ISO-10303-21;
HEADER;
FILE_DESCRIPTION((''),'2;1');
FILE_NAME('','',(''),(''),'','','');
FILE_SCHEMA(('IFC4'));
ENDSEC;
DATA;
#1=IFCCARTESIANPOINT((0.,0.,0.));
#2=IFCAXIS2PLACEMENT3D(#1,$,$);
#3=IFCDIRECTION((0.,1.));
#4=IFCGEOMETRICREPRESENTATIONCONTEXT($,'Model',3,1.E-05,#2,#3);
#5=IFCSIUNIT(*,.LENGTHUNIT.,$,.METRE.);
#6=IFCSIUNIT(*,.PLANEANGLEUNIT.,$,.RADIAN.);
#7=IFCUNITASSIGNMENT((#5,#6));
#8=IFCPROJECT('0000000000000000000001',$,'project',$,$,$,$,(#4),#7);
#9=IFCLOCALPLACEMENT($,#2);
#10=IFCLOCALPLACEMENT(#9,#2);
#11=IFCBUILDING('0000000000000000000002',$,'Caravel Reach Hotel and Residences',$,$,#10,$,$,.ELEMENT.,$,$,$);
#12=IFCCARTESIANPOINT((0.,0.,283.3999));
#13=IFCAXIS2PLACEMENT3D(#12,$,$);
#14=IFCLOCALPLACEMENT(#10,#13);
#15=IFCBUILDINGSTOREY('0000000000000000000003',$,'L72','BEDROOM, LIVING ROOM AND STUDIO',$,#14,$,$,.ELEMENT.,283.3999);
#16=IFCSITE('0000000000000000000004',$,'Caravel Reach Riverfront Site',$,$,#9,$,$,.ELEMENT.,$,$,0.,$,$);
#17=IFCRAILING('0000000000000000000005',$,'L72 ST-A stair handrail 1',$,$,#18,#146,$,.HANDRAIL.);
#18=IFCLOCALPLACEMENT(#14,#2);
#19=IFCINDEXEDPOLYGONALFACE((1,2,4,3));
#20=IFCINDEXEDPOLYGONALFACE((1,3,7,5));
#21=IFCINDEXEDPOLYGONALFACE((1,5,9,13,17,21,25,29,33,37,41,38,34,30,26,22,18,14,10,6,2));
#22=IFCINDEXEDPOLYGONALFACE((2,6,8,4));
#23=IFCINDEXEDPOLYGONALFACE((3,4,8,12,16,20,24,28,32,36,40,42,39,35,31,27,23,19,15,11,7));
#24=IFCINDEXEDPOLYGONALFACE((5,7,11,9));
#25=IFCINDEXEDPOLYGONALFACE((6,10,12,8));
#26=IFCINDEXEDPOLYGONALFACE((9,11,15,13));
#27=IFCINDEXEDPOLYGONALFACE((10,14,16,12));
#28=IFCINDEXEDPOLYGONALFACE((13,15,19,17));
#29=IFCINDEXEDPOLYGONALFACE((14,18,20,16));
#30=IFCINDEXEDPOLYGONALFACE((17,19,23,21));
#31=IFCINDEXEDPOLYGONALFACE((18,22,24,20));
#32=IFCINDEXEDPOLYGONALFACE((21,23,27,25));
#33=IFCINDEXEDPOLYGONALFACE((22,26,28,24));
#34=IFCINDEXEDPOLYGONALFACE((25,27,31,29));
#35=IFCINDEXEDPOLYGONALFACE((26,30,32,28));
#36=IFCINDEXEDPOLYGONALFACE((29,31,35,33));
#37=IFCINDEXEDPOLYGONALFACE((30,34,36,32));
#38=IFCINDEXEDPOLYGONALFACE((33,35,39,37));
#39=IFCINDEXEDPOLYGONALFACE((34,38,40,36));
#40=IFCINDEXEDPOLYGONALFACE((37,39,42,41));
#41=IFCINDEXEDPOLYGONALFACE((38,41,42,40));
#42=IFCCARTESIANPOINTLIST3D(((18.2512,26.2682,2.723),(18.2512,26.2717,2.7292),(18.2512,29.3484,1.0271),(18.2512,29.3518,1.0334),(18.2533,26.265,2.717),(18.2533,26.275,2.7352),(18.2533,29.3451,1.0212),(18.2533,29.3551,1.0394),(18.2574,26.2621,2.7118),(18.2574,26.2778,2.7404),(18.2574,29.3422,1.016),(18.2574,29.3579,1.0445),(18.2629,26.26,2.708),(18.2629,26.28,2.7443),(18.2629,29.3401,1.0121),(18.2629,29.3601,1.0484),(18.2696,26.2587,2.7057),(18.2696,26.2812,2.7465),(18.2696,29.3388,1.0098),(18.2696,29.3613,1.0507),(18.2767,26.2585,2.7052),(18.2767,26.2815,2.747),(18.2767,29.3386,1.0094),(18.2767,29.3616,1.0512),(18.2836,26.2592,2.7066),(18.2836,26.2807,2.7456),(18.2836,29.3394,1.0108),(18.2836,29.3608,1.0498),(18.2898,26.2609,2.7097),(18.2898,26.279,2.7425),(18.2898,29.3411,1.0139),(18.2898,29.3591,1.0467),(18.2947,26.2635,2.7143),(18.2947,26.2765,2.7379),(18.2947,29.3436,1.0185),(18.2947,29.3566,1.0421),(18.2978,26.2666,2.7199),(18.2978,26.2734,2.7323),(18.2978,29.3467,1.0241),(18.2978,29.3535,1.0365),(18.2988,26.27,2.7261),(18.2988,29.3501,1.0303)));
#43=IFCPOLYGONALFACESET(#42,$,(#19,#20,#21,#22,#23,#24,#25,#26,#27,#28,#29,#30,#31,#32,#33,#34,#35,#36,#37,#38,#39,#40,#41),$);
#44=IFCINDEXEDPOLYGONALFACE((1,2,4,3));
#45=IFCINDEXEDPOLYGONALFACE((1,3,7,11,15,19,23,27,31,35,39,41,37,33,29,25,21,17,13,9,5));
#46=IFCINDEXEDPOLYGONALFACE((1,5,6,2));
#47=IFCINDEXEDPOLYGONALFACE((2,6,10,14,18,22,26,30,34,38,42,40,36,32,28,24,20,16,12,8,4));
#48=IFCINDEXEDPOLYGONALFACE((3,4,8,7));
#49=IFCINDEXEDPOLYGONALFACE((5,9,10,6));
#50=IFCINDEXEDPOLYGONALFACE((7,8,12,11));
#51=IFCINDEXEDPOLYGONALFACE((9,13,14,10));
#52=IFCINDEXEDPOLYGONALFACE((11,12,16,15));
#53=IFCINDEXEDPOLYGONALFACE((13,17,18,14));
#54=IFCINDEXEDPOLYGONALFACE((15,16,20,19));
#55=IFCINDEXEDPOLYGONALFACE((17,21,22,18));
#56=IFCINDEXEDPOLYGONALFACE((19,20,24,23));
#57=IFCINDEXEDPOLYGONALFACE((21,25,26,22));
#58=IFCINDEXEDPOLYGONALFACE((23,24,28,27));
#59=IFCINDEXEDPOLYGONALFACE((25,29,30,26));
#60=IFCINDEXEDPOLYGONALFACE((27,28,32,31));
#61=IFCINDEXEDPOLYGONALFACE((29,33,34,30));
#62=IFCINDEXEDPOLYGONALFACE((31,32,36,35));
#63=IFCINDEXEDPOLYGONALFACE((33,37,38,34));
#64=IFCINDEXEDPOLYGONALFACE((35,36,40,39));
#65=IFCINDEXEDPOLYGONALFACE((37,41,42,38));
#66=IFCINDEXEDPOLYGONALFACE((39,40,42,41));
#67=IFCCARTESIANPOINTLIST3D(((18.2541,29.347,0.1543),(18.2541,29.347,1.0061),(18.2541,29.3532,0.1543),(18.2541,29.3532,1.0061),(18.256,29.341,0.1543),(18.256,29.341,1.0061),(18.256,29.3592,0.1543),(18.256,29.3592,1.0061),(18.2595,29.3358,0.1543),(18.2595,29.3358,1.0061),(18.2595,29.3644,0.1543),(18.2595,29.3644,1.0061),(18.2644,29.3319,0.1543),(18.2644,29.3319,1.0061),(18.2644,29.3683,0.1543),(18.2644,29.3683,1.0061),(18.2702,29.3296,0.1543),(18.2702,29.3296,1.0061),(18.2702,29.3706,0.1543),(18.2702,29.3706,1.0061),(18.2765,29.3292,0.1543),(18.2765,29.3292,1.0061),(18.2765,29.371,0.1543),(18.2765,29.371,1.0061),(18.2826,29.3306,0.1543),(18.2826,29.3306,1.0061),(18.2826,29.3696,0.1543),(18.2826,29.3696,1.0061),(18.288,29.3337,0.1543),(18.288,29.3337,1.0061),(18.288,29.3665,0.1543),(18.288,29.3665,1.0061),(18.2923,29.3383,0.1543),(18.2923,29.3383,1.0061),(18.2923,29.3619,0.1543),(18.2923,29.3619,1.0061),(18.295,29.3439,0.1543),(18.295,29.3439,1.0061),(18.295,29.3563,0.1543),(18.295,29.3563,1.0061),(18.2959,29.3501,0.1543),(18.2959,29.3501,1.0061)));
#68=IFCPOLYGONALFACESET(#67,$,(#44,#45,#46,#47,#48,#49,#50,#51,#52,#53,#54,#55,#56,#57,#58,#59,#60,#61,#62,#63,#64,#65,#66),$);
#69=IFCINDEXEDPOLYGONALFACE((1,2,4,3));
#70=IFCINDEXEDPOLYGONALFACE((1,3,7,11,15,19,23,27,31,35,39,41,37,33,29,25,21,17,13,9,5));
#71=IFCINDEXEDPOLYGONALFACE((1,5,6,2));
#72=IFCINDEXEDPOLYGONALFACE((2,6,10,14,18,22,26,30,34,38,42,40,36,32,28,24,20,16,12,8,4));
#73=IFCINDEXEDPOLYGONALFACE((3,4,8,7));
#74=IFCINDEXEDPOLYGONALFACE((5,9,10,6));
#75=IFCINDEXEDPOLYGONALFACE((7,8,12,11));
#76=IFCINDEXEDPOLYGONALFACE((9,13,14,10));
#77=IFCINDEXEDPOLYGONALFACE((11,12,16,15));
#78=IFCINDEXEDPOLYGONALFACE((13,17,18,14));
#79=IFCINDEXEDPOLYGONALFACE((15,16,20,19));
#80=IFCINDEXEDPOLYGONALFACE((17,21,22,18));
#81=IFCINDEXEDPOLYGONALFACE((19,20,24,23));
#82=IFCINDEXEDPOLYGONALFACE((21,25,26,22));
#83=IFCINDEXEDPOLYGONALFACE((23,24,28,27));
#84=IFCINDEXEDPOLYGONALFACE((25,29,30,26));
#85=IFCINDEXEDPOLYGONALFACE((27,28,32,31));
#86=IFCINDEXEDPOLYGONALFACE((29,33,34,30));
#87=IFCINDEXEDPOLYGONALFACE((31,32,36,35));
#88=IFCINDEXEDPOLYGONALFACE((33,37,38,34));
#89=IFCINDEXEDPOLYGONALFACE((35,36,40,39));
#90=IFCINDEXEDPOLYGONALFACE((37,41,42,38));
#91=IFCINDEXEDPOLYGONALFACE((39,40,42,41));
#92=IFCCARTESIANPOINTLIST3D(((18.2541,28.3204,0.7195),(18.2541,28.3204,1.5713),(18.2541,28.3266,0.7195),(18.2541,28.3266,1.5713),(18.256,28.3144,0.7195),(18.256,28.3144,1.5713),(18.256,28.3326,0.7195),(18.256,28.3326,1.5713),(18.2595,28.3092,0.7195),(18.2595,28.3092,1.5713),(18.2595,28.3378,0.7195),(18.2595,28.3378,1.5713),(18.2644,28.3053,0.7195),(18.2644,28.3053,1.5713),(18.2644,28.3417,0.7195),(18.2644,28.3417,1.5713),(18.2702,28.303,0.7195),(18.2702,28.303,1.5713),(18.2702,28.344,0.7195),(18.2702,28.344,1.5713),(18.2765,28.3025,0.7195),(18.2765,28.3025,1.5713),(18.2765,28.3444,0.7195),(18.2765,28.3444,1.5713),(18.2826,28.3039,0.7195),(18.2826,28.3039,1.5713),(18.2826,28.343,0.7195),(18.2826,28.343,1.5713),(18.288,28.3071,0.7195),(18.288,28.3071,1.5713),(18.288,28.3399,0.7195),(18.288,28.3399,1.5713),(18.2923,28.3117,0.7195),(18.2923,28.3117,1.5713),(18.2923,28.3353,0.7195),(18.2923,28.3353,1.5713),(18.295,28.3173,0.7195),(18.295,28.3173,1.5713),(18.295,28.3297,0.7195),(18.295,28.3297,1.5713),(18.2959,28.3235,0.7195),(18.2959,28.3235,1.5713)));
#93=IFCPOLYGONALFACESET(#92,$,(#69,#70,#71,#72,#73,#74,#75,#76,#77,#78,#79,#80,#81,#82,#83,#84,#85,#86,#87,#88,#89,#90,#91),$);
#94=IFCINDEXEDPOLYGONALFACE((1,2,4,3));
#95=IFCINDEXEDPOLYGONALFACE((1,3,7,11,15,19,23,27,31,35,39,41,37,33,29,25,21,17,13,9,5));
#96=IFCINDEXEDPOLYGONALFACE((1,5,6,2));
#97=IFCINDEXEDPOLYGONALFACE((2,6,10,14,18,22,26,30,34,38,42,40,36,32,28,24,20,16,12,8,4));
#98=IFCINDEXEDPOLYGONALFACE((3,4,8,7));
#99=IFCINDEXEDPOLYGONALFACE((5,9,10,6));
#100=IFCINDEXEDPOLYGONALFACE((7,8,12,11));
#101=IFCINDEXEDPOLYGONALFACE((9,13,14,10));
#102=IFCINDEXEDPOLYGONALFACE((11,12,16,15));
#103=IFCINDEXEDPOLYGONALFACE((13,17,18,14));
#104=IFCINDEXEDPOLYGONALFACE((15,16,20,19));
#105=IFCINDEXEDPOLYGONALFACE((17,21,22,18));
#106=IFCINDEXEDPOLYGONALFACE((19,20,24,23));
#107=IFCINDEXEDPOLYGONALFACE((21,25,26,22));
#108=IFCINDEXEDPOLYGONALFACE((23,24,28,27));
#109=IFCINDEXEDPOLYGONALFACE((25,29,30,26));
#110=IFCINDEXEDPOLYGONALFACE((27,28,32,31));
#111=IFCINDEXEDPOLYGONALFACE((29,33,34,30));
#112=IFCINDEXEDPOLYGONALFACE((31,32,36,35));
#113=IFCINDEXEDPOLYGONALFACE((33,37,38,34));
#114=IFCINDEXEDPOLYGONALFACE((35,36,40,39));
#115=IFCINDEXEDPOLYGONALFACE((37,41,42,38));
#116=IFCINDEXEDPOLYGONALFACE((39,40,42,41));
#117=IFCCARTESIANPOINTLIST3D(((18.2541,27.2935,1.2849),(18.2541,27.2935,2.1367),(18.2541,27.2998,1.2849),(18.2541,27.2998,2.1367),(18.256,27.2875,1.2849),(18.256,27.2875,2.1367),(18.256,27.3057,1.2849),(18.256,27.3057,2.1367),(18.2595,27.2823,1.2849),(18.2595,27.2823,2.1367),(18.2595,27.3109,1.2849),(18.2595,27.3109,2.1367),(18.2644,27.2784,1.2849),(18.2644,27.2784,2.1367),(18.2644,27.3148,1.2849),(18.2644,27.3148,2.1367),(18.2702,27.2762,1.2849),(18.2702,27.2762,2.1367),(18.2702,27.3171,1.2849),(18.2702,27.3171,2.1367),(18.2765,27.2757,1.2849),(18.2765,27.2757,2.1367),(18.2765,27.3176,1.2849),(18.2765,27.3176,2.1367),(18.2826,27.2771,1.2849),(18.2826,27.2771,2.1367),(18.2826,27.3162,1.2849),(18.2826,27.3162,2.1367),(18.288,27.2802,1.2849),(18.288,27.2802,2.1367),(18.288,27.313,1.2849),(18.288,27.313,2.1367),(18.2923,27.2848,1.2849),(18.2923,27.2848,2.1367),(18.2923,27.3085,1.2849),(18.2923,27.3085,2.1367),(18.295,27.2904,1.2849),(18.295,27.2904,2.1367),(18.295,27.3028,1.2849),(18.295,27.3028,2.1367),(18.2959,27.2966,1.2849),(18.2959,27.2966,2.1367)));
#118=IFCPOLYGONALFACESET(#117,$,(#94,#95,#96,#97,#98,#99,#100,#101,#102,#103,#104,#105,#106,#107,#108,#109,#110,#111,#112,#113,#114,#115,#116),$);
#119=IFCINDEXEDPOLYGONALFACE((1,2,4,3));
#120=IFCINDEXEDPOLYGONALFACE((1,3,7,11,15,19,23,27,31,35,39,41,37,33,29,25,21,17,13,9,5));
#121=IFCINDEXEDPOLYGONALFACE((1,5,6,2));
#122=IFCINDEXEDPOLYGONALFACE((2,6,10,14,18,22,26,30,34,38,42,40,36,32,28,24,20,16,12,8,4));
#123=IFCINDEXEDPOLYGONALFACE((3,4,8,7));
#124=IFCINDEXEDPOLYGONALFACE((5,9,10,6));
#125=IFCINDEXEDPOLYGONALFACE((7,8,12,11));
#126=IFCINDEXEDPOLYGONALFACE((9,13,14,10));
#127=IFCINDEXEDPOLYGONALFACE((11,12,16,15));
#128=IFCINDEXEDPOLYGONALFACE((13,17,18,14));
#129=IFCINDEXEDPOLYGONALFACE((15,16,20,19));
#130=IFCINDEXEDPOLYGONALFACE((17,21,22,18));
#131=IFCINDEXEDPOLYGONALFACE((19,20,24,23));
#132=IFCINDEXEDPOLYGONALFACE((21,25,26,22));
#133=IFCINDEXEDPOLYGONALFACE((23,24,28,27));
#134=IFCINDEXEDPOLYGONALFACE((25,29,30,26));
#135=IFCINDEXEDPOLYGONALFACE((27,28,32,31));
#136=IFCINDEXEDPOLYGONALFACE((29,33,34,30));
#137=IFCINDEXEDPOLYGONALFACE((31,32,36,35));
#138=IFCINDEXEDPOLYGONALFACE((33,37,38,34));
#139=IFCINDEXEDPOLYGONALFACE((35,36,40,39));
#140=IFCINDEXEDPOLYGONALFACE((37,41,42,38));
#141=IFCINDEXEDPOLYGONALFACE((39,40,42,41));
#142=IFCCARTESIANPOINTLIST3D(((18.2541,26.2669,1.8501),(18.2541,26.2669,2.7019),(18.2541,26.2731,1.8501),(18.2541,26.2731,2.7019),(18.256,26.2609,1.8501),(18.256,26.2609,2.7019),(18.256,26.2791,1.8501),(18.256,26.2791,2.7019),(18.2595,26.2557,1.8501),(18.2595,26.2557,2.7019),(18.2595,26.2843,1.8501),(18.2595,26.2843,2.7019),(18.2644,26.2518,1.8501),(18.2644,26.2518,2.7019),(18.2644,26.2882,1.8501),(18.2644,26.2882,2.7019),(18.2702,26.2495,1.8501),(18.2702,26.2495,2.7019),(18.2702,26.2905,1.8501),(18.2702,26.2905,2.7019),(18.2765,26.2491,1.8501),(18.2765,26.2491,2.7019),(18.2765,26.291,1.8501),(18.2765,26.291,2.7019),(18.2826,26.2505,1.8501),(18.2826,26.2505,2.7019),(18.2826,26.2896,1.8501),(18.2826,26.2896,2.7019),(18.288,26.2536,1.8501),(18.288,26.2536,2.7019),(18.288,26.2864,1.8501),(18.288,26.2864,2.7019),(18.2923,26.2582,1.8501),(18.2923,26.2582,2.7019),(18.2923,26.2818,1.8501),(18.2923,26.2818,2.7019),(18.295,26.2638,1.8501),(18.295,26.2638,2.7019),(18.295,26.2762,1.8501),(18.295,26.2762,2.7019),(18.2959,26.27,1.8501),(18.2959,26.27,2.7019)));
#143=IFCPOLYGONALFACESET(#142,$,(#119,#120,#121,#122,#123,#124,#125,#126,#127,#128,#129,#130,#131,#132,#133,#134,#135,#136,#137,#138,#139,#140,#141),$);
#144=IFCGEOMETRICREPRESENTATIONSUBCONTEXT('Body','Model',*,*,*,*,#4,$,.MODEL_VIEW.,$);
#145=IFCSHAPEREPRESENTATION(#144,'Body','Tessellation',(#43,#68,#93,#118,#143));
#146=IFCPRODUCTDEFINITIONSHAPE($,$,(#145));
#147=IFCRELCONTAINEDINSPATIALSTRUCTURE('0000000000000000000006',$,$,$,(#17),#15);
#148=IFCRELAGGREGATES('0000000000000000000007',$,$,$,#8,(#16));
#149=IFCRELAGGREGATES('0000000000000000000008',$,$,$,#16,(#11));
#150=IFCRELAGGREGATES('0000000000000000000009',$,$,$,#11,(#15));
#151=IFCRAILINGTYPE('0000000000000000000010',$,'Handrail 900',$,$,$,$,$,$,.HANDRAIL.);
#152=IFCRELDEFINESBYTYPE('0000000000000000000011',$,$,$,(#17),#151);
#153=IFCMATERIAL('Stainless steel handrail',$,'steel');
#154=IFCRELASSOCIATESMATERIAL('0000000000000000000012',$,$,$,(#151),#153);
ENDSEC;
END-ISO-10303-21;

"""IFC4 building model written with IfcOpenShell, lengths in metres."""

from ifc_helpers import new_model, si_unit, direction, frame, origin, origin_2d, place, context, subcontext, project, spatial, circle, extrude, material, type_object, element, save


model = new_model("IFC4")

# Units and contexts
model_context = context("Model", 3, precision=1e-05, world=origin(), true_north=direction((0.0, 1.0)))
body_context = subcontext(model_context, "Body", "Model", "MODEL_VIEW")
ifc_project = project(units=[si_unit("LENGTHUNIT", "METRE"), si_unit("PLANEANGLEUNIT", "RADIAN")], contexts=[model_context])

# Site, building, storey
site_placement = place(None, origin())
site = spatial("IfcSite", under=ifc_project, at=site_placement, Name="Caravel Reach Riverfront Site", CompositionType="ELEMENT", RefElevation=0.0)
building_placement = place(site_placement, origin())
building = spatial("IfcBuilding", under=site, at=building_placement, Name="Caravel Reach Hotel and Residences", CompositionType="ELEMENT")
storey_placement = place(building_placement, frame((0.0, 0.0, 283.3999)))
storey = spatial("IfcBuildingStorey", under=building, at=storey_placement, Name="L72", Description="BEDROOM, LIVING ROOM AND STUDIO", CompositionType="ELEMENT", Elevation=283.3999)

# Railing
ifc_material_1 = material(Name="Stainless steel handrail", Category="steel")
railing_type_1 = type_object("IfcRailingType", Name="Handrail 900", PredefinedType="HANDRAIL", material=ifc_material_1)
railing_1_placement = place(storey_placement, frame((18.2749, 29.3501, 0.1543)))
element("IfcRailing", 1, at=railing_1_placement, inside=storey, type_object=railing_type_1, Name="L72 ST-A stair handrail 1", PredefinedType="HANDRAIL", context=body_context, shape_type="SweptSolid", body=[
    extrude(circle(Radius=0.0239, at=origin_2d()), frame((0.0, 0.0, 0.876), z_axis=(0.0, -0.876005, 0.482303), x_axis=(1.0, 0.0, 0.0)), (0.0, 0.0, 1.0), 3.5161),
    extrude(circle(Radius=0.021, at=origin_2d()), origin(), (0.0, 0.0, 1.0), 0.8518),
    extrude(circle(Radius=0.021, at=origin_2d()), frame((0.0, -1.0266, 0.5652)), (0.0, 0.0, 1.0), 0.8518),
    extrude(circle(Radius=0.021, at=origin_2d()), frame((0.0, -2.0535, 1.1306)), (0.0, 0.0, 1.0), 0.8518),
    extrude(circle(Radius=0.021, at=origin_2d()), frame((0.0, -3.0801, 1.6958)), (0.0, 0.0, 1.0), 0.8518),
])

save(model, "model.ifc")
